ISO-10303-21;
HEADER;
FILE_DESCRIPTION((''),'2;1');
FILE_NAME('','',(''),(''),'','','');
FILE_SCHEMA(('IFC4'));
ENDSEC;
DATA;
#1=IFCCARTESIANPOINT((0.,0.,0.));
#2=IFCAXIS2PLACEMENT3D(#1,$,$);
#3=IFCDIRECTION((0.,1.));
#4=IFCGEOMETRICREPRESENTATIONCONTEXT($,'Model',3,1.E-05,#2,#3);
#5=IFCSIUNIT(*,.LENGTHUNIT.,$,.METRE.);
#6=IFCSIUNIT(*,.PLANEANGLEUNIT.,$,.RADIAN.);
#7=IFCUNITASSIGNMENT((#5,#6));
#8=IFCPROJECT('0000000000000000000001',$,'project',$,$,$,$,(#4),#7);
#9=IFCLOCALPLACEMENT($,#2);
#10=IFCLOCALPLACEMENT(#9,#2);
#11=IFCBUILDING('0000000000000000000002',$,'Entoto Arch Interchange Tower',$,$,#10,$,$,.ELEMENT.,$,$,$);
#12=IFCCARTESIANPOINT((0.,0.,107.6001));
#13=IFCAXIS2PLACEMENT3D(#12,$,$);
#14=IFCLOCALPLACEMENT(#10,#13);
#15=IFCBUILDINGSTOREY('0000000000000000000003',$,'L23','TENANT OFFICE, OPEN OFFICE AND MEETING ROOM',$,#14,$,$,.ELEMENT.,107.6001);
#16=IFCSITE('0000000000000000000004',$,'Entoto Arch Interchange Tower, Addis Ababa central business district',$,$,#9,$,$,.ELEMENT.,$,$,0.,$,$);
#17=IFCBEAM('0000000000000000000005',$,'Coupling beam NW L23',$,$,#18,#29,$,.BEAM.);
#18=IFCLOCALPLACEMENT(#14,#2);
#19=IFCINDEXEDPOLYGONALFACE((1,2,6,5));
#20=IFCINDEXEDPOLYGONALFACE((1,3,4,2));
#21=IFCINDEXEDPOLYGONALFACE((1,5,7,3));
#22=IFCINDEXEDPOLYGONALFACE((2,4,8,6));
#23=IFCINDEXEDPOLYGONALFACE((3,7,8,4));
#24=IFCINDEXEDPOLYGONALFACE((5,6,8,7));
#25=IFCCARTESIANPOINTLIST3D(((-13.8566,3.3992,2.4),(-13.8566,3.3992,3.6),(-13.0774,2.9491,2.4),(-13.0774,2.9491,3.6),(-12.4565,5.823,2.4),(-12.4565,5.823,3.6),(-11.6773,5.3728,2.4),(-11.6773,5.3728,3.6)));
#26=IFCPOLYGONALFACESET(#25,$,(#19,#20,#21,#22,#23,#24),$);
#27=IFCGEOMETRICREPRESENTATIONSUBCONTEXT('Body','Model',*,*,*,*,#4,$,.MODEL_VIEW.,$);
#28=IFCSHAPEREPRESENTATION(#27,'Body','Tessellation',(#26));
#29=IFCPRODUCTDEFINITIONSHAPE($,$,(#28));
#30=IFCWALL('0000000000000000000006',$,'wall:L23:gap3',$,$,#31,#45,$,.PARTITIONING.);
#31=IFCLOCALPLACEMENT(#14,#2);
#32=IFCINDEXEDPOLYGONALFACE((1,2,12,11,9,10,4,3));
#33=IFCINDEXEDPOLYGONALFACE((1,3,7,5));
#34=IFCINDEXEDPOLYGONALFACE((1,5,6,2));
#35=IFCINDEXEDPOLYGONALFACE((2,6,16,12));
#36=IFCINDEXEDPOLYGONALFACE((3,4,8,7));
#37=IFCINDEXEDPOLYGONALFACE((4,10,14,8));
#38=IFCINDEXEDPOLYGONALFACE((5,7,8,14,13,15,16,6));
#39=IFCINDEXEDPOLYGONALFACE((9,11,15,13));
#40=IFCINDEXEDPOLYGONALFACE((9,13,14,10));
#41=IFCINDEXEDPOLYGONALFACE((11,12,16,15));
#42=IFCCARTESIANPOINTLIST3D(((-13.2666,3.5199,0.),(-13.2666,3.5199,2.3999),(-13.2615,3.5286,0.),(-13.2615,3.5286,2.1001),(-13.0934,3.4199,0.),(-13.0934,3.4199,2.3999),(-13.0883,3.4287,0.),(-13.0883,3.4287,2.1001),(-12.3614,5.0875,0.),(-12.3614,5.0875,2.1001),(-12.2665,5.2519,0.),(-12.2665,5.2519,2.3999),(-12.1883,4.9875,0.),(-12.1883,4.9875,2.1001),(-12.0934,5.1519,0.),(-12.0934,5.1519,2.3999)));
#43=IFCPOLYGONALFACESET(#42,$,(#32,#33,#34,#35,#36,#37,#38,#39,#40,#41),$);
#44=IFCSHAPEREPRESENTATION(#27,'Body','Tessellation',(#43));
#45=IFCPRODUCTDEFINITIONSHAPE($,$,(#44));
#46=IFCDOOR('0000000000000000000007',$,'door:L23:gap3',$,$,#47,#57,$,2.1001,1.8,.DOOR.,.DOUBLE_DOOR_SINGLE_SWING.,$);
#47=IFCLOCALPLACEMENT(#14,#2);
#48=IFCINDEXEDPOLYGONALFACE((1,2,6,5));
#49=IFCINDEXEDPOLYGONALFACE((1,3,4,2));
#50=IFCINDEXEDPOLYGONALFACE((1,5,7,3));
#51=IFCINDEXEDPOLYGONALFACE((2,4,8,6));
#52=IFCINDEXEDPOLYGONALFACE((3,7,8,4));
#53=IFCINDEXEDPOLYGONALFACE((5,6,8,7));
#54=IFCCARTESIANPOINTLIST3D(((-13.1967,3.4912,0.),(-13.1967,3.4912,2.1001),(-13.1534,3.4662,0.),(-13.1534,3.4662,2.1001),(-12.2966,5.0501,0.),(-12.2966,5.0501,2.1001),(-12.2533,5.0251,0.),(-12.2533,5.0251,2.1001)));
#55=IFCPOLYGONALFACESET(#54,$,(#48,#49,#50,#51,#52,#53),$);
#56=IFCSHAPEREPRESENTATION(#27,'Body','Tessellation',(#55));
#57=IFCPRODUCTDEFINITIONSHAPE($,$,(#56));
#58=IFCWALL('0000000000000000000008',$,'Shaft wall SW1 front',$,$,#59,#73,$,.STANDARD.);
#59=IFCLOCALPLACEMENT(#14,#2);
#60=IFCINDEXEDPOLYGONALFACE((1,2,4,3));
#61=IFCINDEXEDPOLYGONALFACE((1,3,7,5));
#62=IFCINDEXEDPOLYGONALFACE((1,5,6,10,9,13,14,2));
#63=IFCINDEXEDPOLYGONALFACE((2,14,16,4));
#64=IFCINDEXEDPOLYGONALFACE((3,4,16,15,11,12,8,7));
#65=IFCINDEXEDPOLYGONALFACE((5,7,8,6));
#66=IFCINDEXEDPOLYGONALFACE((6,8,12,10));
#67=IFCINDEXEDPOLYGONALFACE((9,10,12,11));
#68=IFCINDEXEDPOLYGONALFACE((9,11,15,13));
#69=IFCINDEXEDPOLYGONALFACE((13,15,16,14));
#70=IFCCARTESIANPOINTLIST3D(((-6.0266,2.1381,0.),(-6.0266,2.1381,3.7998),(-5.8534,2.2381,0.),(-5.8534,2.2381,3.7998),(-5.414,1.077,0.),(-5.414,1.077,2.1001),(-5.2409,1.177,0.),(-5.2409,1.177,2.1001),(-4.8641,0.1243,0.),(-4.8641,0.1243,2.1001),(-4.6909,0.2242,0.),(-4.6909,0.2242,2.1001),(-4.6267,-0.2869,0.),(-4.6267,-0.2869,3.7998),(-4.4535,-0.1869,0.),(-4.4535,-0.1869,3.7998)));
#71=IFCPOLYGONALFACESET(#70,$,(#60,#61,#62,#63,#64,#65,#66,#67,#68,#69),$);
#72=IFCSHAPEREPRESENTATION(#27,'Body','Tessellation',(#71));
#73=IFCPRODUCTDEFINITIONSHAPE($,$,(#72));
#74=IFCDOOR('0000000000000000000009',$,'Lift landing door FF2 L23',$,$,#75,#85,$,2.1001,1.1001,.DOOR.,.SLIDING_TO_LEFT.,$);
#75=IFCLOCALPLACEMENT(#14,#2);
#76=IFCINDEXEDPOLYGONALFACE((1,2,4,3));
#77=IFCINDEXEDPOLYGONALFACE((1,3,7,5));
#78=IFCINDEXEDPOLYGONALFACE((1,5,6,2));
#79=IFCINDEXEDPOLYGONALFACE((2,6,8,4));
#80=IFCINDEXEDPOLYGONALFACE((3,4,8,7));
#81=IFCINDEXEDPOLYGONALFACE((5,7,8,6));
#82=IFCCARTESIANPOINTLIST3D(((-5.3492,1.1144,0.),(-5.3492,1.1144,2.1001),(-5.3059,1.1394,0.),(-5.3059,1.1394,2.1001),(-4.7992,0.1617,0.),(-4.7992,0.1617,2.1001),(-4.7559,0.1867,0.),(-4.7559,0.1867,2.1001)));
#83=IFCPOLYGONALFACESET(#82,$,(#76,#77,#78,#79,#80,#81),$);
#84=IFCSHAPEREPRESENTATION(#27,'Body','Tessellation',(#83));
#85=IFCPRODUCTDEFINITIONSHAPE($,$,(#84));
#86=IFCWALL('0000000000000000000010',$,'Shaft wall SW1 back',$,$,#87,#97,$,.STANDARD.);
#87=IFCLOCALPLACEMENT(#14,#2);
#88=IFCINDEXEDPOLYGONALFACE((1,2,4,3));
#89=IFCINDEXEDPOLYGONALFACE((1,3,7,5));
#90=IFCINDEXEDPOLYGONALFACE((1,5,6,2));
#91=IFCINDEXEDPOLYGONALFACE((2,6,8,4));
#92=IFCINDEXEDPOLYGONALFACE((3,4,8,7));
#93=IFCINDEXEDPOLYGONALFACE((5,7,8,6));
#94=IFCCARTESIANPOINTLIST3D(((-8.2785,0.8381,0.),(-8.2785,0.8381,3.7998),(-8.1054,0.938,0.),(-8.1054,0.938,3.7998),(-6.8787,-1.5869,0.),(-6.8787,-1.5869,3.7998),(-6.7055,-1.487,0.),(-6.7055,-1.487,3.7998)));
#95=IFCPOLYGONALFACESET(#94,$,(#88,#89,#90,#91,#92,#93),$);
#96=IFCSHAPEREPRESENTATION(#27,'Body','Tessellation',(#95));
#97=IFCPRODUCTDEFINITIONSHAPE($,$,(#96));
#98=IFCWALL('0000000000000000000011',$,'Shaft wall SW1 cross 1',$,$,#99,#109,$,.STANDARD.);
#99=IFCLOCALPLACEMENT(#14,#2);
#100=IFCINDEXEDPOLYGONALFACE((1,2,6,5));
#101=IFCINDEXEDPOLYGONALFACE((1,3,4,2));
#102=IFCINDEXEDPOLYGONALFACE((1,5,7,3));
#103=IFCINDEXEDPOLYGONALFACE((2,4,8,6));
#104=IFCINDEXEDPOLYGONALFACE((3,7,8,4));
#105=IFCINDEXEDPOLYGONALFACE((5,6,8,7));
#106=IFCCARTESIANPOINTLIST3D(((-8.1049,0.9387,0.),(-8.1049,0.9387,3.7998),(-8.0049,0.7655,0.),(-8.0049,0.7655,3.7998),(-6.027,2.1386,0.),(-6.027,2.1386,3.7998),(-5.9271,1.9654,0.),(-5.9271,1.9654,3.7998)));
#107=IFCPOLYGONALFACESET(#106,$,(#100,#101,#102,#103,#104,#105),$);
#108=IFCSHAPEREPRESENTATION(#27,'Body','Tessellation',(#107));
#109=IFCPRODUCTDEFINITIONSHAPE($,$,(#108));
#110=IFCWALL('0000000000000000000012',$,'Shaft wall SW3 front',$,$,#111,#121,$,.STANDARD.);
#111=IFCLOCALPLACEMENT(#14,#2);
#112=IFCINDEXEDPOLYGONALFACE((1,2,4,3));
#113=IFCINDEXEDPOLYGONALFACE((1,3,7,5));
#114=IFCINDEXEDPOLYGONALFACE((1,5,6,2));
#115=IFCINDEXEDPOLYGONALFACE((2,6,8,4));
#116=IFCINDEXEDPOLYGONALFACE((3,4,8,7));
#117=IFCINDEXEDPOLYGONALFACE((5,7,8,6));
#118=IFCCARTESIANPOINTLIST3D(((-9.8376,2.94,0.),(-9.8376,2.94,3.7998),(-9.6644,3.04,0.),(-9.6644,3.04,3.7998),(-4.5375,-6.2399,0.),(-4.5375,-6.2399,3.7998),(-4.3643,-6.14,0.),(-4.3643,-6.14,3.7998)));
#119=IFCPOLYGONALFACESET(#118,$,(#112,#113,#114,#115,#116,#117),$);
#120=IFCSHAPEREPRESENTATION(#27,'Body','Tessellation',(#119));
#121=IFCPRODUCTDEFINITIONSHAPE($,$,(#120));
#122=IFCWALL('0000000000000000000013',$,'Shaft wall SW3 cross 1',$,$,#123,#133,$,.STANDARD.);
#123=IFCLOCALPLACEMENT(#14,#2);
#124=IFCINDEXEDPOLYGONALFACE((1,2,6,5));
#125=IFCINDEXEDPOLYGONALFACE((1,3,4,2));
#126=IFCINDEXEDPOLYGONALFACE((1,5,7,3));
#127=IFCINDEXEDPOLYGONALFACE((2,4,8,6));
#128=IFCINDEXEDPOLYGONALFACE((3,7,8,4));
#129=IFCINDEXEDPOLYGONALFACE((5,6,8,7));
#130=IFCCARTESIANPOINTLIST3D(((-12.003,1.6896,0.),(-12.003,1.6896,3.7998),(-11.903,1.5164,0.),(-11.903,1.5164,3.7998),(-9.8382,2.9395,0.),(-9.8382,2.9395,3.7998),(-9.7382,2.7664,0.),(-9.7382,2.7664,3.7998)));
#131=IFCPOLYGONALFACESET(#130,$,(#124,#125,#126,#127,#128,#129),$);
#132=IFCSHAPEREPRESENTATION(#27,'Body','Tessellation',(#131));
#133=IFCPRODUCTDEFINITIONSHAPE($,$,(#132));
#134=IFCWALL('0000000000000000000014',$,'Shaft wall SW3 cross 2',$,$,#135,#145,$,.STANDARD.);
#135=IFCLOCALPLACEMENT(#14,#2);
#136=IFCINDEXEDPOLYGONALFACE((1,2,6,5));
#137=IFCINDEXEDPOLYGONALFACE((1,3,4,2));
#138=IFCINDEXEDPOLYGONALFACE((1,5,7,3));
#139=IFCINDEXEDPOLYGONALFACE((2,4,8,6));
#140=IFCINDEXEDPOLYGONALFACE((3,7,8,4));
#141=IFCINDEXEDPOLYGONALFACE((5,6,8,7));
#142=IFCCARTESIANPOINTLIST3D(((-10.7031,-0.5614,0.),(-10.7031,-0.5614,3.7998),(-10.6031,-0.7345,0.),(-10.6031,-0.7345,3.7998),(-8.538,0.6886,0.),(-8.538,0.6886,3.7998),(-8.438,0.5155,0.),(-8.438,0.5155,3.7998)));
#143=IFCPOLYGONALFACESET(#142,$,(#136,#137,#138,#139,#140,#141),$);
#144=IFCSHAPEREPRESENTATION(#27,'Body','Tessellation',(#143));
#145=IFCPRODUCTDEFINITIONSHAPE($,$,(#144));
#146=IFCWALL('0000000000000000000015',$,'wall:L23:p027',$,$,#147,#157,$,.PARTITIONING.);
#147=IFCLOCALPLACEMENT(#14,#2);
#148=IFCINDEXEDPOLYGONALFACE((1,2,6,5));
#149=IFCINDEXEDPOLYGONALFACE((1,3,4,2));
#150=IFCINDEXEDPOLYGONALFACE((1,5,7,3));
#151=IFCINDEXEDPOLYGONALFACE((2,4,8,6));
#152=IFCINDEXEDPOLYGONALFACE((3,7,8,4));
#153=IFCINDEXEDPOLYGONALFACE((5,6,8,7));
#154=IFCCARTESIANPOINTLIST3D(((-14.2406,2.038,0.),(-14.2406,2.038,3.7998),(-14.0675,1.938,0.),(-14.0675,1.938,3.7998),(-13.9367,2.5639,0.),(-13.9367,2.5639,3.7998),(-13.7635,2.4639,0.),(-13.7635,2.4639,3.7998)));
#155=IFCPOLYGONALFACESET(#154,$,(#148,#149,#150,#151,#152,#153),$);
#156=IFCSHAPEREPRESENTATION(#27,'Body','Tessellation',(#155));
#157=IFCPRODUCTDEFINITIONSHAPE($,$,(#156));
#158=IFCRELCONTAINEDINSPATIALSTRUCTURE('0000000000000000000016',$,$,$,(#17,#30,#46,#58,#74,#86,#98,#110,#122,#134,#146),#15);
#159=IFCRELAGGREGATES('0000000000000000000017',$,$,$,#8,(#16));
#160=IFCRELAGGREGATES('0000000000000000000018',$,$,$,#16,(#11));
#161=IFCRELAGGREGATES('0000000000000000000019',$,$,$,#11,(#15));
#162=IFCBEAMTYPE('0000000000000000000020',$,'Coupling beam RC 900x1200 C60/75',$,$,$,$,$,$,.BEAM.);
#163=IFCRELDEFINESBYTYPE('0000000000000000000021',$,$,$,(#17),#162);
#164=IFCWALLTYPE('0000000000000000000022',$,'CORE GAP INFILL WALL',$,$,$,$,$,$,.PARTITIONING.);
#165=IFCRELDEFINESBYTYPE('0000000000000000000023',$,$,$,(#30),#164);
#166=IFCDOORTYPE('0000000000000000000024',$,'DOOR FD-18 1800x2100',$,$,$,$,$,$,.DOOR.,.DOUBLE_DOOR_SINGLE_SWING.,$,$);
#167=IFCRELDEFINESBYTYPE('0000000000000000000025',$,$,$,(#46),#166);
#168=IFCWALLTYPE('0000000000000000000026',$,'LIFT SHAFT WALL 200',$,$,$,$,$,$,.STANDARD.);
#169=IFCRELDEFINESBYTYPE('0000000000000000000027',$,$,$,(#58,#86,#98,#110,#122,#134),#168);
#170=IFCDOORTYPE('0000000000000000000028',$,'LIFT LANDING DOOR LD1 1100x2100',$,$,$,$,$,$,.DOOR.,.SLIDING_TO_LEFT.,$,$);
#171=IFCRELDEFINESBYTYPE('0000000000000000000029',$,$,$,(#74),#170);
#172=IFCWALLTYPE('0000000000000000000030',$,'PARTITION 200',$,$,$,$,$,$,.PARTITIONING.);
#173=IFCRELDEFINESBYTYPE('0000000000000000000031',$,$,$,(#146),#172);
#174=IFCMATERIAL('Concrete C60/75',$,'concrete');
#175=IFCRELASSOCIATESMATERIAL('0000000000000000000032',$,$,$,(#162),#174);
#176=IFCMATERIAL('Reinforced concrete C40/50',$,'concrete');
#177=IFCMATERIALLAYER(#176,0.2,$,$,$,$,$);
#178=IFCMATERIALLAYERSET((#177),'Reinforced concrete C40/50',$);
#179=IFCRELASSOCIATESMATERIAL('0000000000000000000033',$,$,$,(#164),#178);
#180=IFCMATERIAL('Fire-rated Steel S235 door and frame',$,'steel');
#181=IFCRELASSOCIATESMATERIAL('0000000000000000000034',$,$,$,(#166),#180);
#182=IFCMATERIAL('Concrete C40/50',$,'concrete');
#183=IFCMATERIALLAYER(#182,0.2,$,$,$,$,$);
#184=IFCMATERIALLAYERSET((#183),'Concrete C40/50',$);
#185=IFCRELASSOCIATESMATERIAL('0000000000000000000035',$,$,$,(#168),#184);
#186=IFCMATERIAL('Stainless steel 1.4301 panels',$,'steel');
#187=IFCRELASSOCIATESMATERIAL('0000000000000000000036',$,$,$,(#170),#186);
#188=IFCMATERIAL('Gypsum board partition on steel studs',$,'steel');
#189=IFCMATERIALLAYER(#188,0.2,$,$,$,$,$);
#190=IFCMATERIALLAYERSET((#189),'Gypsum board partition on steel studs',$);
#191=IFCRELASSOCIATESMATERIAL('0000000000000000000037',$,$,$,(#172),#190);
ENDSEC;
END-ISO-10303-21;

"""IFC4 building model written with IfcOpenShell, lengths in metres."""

from ifc_helpers import new_model, si_unit, direction, frame, frame_2d, origin, origin_2d, place, context, subcontext, project, spatial, rectangle, extrude, material, layer, layer_set, material_profile, profile_set, type_object, element, fill, save


model = new_model("IFC4")

# Units and contexts
model_context = context("Model", 3, precision=1e-05, world=origin(), true_north=direction((0.0, 1.0)))
body_context = subcontext(model_context, "Body", "Model", "MODEL_VIEW")
ifc_project = project(units=[si_unit("LENGTHUNIT", "METRE"), si_unit("PLANEANGLEUNIT", "RADIAN")], contexts=[model_context])

# Site, building, storey
site_placement = place(None, origin())
site = spatial("IfcSite", under=ifc_project, at=site_placement, Name="Entoto Arch Interchange Tower, Addis Ababa central business district", CompositionType="ELEMENT", RefElevation=0.0)
building_placement = place(site_placement, origin())
building = spatial("IfcBuilding", under=site, at=building_placement, Name="Entoto Arch Interchange Tower", CompositionType="ELEMENT")
storey_placement = place(building_placement, frame((0.0, 0.0, 107.6001)))
storey = spatial("IfcBuildingStorey", under=building, at=storey_placement, Name="L23", Description="TENANT OFFICE, OPEN OFFICE AND MEETING ROOM", CompositionType="ELEMENT", Elevation=107.6001)

# Beam
ifc_material_1 = material(Name="Concrete C60/75", Category="concrete")
ifc_material_profile = material_profile(ifc_material_1, rectangle(XDim=0.8999, YDim=1.2, at=origin_2d()))
ifc_profile_set = profile_set([ifc_material_profile], Name="Concrete C60/75")
beam_type = type_object("IfcBeamType", Name="Coupling beam RC 900x1200 C60/75", PredefinedType="BEAM", material=ifc_profile_set)
beam_placement = place(storey_placement, frame((-12.0669, 5.5979, 3.0), z_axis=(-0.500201, -0.86591, 0.0), x_axis=(0.86591, -0.500201, 0.0)))
element("IfcBeam", 1, at=beam_placement, inside=storey, type_object=beam_type, Name="Coupling beam NW L23", PredefinedType="BEAM", context=body_context, shape_type="SweptSolid", body=[
    extrude(rectangle(XDim=0.8999, YDim=1.2, at=origin_2d()), origin(), (0.0, 0.0, 1.0), 2.7991),
])

# Walls, openings, doors
ifc_material_2 = material(Name="Reinforced concrete C40/50", Category="concrete")
ifc_layer_1 = layer(ifc_material_2, 0.2)
ifc_layer_set_1 = layer_set([ifc_layer_1], Name="Reinforced concrete C40/50")
wall_type_1 = type_object("IfcWallType", Name="CORE GAP INFILL WALL", PredefinedType="PARTITIONING", material=ifc_layer_set_1)
wall_1_placement = place(storey_placement, frame((-12.1799, 5.2019, 0.0), z_axis=(0.0, 0.0, 1.0), x_axis=(-0.500025, -0.866011, 0.0)))
wall_1 = element("IfcWall", 2, at=wall_1_placement, inside=storey, type_object=wall_type_1, Name="wall:L23:gap3", PredefinedType="PARTITIONING", context=body_context, shape_type="SweptSolid", body=[
    extrude(rectangle(XDim=2.0, YDim=0.2, at=frame_2d((1.0, 0.0))), origin(), (0.0, 0.0, 1.0), 2.3999),
])
opening_1_placement = place(wall_1_placement, frame((0.1899, 0.0, 0.0)))
opening_1 = element("IfcOpeningElement", 3, at=opening_1_placement, cuts=wall_1, PredefinedType="OPENING", context=body_context, shape_type="SweptSolid", body=[
    extrude(rectangle(XDim=1.8, YDim=2.1001, at=frame_2d((0.8999, 1.05))), frame((0.0, 0.1099, 0.0), z_axis=(0.0, -1.0, 0.0), x_axis=(1.0, 0.0, 0.0)), (0.0, 0.0, 1.0), 0.22),
])
ifc_material_3 = material(Name="Fire-rated Steel S235 door and frame", Category="steel")
door_type_1 = type_object("IfcDoorType", Name="DOOR FD-18 1800x2100", OperationType="DOUBLE_DOOR_SINGLE_SWING", PredefinedType="DOOR", material=ifc_material_3)
door_1_placement = place(opening_1_placement, origin())
door_1 = element("IfcDoor", 4, at=door_1_placement, inside=storey, type_object=door_type_1, Name="door:L23:gap3", OperationType="DOUBLE_DOOR_SINGLE_SWING", OverallHeight=2.1001, OverallWidth=1.8, PredefinedType="DOOR", context=body_context, shape_type="SweptSolid", body=[
    extrude(rectangle(XDim=1.8, YDim=2.1001, at=frame_2d((0.8999, 1.05))), frame((0.0, 0.0249, 0.0), z_axis=(0.0, -1.0, 0.0), x_axis=(1.0, 0.0, 0.0)), (0.0, 0.0, 1.0), 0.05),
])
fill(opening_1, door_1)
ifc_material_4 = material(Name="Concrete C40/50", Category="concrete")
ifc_layer_2 = layer(ifc_material_4, 0.2)
ifc_layer_set_2 = layer_set([ifc_layer_2], Name="Concrete C40/50")
wall_type_2 = type_object("IfcWallType", Name="LIFT SHAFT WALL 200", PredefinedType="STANDARD", material=ifc_layer_set_2)
wall_2_placement = place(storey_placement, frame((-5.9399, 2.188, 0.0), z_axis=(0.0, 0.0, 1.0), x_axis=(0.499946, -0.866056, 0.0)))
wall_2 = element("IfcWall", 5, at=wall_2_placement, inside=storey, type_object=wall_type_2, Name="Shaft wall SW1 front", PredefinedType="STANDARD", context=body_context, shape_type="SweptSolid", body=[
    extrude(rectangle(XDim=2.8, YDim=0.2, at=frame_2d((1.3999, 0.0))), origin(), (0.0, 0.0, 1.0), 3.7998),
])
opening_2_placement = place(wall_2_placement, frame((1.2251, 0.0, 0.0)))
opening_2 = element("IfcOpeningElement", 6, at=opening_2_placement, cuts=wall_2, PredefinedType="OPENING", context=body_context, shape_type="SweptSolid", body=[
    extrude(rectangle(XDim=1.1001, YDim=2.1001, at=frame_2d((0.55, 1.05))), frame((0.0, 0.1099, 0.0), z_axis=(0.0, -1.0, 0.0), x_axis=(1.0, 0.0, 0.0)), (0.0, 0.0, 1.0), 0.22),
])
ifc_material_5 = material(Name="Stainless steel 1.4301 panels", Category="steel")
door_type_2 = type_object("IfcDoorType", Name="LIFT LANDING DOOR LD1 1100x2100", OperationType="SLIDING_TO_LEFT", PredefinedType="DOOR", material=ifc_material_5)
door_2_placement = place(opening_2_placement, origin())
door_2 = element("IfcDoor", 7, at=door_2_placement, inside=storey, type_object=door_type_2, Name="Lift landing door FF2 L23", OperationType="SLIDING_TO_LEFT", OverallHeight=2.1001, OverallWidth=1.1001, PredefinedType="DOOR", context=body_context, shape_type="SweptSolid", body=[
    extrude(rectangle(XDim=1.1001, YDim=2.1001, at=frame_2d((0.55, 1.05))), frame((0.0, 0.0249, 0.0), z_axis=(0.0, -1.0, 0.0), x_axis=(1.0, 0.0, 0.0)), (0.0, 0.0, 1.0), 0.05),
])
fill(opening_2, door_2)

# Walls
wall_3_placement = place(storey_placement, frame((-8.1919, 0.8879, 0.0), z_axis=(0.0, 0.0, 1.0), x_axis=(0.499946, -0.866056, 0.0)))
element("IfcWall", 8, at=wall_3_placement, inside=storey, type_object=wall_type_2, Name="Shaft wall SW1 back", PredefinedType="STANDARD", context=body_context, shape_type="SweptSolid", body=[
    extrude(rectangle(XDim=2.8, YDim=0.2, at=frame_2d((1.3999, 0.0))), origin(), (0.0, 0.0, 1.0), 3.7998),
])
wall_4_placement = place(storey_placement, frame((-5.9771, 2.052, 0.0), z_axis=(0.0, 0.0, 1.0), x_axis=(-0.865974, -0.500089, 0.0)))
element("IfcWall", 9, at=wall_4_placement, inside=storey, type_object=wall_type_2, Name="Shaft wall SW1 cross 1", PredefinedType="STANDARD", context=body_context, shape_type="SweptSolid", body=[
    extrude(rectangle(XDim=2.3994, YDim=0.2, at=frame_2d((1.1997, 0.0))), origin(), (0.0, 0.0, 1.0), 3.7998),
])
wall_5_placement = place(storey_placement, frame((-9.751, 2.99, 0.0), z_axis=(0.0, 0.0, 1.0), x_axis=(0.500001, -0.866025, 0.0)))
element("IfcWall", 10, at=wall_5_placement, inside=storey, type_object=wall_type_2, Name="Shaft wall SW3 front", PredefinedType="STANDARD", context=body_context, shape_type="SweptSolid", body=[
    extrude(rectangle(XDim=10.6001, YDim=0.2, at=frame_2d((5.3, 0.0))), origin(), (0.0, 0.0, 1.0), 3.7998),
])
wall_6_placement = place(storey_placement, frame((-9.7881, 2.853, 0.0), z_axis=(0.0, 0.0, 1.0), x_axis=(-0.865999, -0.500047, 0.0)))
element("IfcWall", 11, at=wall_6_placement, inside=storey, type_object=wall_type_2, Name="Shaft wall SW3 cross 1", PredefinedType="STANDARD", context=body_context, shape_type="SweptSolid", body=[
    extrude(rectangle(XDim=2.4998, YDim=0.2, at=frame_2d((1.25, 0.0))), origin(), (0.0, 0.0, 1.0), 3.7998),
])
wall_7_placement = place(storey_placement, frame((-8.488, 0.6021, 0.0), z_axis=(0.0, 0.0, 1.0), x_axis=(-0.866023, -0.500004, 0.0)))
element("IfcWall", 12, at=wall_7_placement, inside=storey, type_object=wall_type_2, Name="Shaft wall SW3 cross 2", PredefinedType="STANDARD", context=body_context, shape_type="SweptSolid", body=[
    extrude(rectangle(XDim=2.5, YDim=0.2, at=frame_2d((1.25, 0.0))), origin(), (0.0, 0.0, 1.0), 3.7998),
])
ifc_material_6 = material(Name="Gypsum board partition on steel studs", Category="steel")
ifc_layer_3 = layer(ifc_material_6, 0.2)
ifc_layer_set_3 = layer_set([ifc_layer_3], Name="Gypsum board partition on steel studs")
wall_type_3 = type_object("IfcWallType", Name="PARTITION 200", PredefinedType="PARTITIONING", material=ifc_layer_set_3)
wall_8_placement = place(storey_placement, frame((-13.8501, 2.5139, 0.0), z_axis=(0.0, 0.0, 1.0), x_axis=(-0.500418, -0.865784, 0.0)))
element("IfcWall", 13, at=wall_8_placement, inside=storey, type_object=wall_type_3, Name="wall:L23:p027", PredefinedType="PARTITIONING", context=body_context, shape_type="SweptSolid", body=[
    extrude(rectangle(XDim=0.6074, YDim=0.2, at=frame_2d((0.3037, 0.0))), origin(), (0.0, 0.0, 1.0), 3.7998),
])

save(model, "model.ifc")
